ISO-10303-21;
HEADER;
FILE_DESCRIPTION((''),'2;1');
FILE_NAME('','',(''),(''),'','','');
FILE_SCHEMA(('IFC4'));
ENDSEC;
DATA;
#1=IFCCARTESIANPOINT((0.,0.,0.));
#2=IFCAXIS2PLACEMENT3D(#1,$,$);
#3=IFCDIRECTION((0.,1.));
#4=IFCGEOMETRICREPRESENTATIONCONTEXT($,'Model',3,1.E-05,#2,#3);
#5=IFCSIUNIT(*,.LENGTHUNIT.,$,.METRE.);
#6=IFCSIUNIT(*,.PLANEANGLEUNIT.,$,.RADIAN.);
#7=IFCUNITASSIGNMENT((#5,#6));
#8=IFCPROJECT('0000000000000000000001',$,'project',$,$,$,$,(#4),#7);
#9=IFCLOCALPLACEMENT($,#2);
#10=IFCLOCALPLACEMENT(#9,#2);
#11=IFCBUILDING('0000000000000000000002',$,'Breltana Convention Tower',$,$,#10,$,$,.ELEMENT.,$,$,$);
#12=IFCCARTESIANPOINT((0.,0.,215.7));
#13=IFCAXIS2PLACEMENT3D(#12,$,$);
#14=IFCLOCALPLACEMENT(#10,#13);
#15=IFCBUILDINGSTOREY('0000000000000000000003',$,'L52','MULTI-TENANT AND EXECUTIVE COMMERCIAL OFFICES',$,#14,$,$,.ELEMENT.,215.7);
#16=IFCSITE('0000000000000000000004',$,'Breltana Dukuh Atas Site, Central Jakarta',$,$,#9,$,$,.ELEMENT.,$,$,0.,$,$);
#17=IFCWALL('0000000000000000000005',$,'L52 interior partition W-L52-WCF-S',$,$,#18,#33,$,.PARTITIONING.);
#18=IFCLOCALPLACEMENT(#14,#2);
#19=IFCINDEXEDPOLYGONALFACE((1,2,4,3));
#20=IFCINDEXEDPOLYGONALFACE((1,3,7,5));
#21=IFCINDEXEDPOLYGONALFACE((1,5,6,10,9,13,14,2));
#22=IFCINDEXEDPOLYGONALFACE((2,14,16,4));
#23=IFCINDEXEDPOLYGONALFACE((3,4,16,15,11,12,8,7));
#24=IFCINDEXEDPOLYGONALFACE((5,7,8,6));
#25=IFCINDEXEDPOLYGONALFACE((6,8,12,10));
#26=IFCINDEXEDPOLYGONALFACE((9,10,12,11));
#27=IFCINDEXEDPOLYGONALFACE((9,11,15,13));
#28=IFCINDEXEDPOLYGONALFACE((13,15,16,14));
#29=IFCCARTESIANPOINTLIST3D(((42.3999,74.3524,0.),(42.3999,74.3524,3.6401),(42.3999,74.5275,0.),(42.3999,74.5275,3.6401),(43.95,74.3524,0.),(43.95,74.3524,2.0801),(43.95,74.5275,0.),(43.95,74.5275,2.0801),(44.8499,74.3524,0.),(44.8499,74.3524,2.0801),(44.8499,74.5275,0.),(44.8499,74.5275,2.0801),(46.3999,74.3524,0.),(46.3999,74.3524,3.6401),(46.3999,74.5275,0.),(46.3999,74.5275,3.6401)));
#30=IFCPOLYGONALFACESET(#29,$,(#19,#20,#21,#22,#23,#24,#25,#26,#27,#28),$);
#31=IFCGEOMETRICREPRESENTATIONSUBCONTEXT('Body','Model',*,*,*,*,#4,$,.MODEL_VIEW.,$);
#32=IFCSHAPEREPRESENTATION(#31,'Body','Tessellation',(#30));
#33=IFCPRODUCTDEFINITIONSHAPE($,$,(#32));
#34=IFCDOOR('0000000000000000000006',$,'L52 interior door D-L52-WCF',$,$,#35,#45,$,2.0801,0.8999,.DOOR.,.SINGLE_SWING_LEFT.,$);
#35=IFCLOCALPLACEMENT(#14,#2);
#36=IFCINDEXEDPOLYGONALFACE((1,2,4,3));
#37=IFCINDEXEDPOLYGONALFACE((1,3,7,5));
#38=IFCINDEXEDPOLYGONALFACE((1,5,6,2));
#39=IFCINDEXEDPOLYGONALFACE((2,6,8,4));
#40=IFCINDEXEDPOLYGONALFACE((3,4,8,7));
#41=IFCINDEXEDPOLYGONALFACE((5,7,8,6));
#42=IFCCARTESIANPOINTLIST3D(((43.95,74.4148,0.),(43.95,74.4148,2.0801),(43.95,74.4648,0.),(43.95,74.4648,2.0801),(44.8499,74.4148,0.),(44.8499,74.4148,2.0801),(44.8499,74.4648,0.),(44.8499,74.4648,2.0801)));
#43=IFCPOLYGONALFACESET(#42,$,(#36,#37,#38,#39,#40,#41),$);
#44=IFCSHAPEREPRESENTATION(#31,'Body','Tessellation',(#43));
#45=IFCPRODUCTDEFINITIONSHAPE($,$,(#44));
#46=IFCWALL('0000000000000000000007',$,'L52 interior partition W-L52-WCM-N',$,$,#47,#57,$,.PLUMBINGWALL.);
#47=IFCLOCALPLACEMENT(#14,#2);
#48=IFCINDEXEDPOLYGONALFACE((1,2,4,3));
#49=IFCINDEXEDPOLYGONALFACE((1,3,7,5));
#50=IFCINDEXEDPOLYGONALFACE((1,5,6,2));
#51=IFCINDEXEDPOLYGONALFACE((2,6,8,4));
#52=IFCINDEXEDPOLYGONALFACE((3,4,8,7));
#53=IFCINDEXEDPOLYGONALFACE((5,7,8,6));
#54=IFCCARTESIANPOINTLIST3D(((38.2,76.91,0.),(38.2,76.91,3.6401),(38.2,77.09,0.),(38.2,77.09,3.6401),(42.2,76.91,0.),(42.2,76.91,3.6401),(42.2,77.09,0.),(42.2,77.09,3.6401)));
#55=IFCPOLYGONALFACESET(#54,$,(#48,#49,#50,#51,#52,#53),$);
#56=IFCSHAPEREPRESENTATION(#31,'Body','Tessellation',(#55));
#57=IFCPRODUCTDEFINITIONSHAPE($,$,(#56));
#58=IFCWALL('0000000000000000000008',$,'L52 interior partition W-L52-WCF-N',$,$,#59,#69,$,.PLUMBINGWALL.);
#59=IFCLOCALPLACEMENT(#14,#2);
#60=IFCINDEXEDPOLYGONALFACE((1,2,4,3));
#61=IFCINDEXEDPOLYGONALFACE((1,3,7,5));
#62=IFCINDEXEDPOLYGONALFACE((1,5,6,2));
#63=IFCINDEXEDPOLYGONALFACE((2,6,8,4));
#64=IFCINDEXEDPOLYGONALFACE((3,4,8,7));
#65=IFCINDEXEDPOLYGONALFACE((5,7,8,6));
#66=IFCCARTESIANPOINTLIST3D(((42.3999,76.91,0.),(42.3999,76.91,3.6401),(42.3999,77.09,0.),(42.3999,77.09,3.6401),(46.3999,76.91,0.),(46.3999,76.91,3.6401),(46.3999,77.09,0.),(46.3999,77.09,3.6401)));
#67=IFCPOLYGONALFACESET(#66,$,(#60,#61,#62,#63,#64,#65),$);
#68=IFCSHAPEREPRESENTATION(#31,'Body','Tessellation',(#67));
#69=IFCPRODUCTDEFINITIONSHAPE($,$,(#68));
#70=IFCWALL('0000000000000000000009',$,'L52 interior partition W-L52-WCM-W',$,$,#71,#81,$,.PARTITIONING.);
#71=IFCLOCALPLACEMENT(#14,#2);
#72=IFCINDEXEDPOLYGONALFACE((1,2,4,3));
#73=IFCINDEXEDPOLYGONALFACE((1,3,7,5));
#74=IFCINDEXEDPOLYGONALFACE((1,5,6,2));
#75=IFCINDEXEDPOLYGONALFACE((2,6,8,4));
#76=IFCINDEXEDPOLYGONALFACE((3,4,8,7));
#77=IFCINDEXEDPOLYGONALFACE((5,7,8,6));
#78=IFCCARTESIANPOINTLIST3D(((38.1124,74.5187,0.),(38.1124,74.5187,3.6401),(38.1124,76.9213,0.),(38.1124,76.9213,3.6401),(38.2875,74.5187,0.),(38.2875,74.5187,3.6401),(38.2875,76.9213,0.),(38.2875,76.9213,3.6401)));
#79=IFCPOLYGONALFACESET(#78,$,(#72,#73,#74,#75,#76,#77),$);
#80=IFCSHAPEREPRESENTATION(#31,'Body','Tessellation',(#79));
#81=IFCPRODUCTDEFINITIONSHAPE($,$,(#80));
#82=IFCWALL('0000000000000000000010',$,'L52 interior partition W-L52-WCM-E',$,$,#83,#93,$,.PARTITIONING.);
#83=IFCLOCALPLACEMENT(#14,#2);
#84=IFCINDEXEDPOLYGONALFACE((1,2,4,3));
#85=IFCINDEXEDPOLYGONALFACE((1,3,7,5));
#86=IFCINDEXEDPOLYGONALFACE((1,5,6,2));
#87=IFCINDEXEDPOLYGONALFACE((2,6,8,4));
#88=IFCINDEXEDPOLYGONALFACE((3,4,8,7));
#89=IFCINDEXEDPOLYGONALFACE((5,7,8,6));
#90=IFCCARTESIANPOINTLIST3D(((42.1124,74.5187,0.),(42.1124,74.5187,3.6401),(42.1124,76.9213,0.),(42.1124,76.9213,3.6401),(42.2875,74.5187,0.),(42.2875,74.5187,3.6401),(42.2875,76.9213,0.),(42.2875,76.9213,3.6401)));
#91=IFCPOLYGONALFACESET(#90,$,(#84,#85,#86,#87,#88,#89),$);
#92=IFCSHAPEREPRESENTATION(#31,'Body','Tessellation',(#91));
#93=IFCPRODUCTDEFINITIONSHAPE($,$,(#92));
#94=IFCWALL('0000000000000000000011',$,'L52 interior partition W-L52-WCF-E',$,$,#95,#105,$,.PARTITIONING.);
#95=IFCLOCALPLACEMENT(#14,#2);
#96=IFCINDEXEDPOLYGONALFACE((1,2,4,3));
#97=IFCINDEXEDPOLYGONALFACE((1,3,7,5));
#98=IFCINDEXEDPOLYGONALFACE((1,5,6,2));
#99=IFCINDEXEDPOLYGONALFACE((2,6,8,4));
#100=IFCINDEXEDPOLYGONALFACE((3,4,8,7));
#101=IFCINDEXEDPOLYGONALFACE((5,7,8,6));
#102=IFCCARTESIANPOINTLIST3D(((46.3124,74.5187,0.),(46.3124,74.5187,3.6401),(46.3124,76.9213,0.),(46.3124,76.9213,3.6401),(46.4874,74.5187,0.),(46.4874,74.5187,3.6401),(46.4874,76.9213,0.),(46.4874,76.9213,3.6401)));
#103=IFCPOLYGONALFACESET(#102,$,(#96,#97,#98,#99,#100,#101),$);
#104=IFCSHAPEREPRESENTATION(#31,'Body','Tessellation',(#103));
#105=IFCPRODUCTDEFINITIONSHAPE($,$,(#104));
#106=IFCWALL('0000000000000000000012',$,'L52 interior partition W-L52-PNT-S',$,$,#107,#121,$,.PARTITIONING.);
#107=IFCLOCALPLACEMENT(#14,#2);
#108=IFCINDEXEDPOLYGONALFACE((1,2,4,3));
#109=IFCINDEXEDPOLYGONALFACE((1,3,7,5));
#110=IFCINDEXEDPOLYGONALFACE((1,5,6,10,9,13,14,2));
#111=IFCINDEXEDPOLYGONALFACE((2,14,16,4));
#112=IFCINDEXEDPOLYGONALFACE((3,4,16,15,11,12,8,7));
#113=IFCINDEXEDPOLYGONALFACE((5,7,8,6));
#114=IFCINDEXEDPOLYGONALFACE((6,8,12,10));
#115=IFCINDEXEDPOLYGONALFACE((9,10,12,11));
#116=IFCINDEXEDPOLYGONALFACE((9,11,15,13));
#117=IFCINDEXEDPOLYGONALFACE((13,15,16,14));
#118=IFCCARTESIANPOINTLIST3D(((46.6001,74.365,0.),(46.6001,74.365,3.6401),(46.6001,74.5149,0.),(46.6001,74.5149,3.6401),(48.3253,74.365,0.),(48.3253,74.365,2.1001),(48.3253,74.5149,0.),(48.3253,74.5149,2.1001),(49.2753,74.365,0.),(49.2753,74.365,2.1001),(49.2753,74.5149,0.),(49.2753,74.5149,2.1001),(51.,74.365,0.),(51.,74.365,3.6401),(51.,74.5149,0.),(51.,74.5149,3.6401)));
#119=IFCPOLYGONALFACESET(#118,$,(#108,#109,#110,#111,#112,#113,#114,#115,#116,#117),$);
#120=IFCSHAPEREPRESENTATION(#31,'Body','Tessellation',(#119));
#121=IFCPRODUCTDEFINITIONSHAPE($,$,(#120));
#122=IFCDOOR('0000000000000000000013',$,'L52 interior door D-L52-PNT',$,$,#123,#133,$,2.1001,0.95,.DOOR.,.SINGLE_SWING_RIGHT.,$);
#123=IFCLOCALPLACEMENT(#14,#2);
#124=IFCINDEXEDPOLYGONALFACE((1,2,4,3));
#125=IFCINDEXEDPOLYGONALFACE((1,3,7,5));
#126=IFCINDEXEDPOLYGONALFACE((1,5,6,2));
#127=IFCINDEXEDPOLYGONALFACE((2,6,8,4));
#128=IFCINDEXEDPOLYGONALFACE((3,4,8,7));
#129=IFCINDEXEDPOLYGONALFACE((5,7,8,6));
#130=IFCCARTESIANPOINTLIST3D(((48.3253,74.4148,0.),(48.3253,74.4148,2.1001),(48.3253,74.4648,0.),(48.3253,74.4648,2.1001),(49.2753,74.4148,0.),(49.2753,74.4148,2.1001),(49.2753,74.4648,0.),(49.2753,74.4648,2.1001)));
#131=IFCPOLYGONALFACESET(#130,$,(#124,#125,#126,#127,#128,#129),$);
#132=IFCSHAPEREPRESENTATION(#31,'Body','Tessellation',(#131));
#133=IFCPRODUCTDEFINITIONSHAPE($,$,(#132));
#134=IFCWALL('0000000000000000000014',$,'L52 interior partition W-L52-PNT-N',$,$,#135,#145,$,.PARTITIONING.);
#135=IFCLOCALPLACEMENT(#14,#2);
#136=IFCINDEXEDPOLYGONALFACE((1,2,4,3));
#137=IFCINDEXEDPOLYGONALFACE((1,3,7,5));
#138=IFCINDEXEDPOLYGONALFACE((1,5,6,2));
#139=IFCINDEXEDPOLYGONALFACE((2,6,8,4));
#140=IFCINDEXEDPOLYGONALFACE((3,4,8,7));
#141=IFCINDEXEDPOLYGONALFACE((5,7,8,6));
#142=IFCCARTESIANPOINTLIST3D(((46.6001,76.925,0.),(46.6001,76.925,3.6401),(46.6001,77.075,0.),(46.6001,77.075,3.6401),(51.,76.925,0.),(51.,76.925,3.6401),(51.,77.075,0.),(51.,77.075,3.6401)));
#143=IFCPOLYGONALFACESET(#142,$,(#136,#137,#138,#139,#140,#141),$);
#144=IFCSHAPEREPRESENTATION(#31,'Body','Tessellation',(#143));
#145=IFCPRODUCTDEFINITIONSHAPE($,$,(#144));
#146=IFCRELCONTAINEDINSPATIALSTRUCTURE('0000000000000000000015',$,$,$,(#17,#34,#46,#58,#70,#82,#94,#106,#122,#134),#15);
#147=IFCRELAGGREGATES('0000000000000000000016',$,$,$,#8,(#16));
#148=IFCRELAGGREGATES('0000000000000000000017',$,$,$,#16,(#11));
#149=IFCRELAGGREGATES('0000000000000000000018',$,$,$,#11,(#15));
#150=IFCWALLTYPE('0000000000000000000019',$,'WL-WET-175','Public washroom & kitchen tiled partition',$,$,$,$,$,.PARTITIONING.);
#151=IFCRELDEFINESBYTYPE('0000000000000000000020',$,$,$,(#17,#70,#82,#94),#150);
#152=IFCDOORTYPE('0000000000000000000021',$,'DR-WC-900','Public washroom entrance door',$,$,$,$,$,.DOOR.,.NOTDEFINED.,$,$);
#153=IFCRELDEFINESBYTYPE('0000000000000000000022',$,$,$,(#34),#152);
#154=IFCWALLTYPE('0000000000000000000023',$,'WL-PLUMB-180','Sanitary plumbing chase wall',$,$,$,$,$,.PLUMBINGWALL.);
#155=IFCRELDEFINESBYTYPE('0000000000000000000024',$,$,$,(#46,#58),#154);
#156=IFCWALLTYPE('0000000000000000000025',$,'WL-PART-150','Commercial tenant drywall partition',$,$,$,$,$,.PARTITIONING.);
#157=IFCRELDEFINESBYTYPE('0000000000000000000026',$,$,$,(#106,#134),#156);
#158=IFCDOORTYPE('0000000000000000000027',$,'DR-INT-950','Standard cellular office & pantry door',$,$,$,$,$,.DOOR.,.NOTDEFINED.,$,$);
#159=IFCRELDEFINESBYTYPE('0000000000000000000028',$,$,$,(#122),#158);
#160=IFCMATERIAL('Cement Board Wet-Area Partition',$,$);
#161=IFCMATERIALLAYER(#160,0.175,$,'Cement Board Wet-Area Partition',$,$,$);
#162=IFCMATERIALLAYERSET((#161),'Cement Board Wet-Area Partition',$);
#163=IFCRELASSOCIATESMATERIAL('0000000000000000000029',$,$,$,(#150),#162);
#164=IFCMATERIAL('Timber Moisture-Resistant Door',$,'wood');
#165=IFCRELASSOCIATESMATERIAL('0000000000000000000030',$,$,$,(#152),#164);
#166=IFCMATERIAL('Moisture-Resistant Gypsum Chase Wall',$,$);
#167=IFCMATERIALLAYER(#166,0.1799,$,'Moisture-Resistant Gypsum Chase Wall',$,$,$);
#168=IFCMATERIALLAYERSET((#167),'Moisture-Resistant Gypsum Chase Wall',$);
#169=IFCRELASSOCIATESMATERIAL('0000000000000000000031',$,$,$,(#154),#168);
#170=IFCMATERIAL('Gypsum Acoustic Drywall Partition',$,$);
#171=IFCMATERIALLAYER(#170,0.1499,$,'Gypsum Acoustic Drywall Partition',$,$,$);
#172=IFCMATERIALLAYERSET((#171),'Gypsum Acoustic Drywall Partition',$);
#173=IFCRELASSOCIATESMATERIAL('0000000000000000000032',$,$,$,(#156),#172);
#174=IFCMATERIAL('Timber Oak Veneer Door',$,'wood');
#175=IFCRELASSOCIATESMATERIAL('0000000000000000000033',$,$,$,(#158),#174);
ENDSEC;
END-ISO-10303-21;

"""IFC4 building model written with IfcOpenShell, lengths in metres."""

from ifc_helpers import new_model, si_unit, direction, frame, frame_2d, origin, place, context, subcontext, project, spatial, rectangle, extrude, source, transform, mapped, material, layer, layer_set, type_object, type_shapes, element, fill, save


model = new_model("IFC4")

# Units and contexts
model_context = context("Model", 3, precision=1e-05, world=origin(), true_north=direction((0.0, 1.0)))
body_context = subcontext(model_context, "Body", "Model", "MODEL_VIEW")
ifc_project = project(units=[si_unit("LENGTHUNIT", "METRE"), si_unit("PLANEANGLEUNIT", "RADIAN")], contexts=[model_context])

# Site, building, storey
site_placement = place(None, origin())
site = spatial("IfcSite", under=ifc_project, at=site_placement, Name="Breltana Dukuh Atas Site, Central Jakarta", CompositionType="ELEMENT", RefElevation=0.0)
building_placement = place(site_placement, origin())
building = spatial("IfcBuilding", under=site, at=building_placement, Name="Breltana Convention Tower", CompositionType="ELEMENT")
storey_placement = place(building_placement, frame((0.0, 0.0, 215.7)))
storey = spatial("IfcBuildingStorey", under=building, at=storey_placement, Name="L52", Description="MULTI-TENANT AND EXECUTIVE COMMERCIAL OFFICES", CompositionType="ELEMENT", Elevation=215.7)

# Wall, opening, door
ifc_material_1 = material(Name="Cement Board Wet-Area Partition")
ifc_layer_1 = layer(ifc_material_1, 0.175, Name="Cement Board Wet-Area Partition")
ifc_layer_set_1 = layer_set([ifc_layer_1], Name="Cement Board Wet-Area Partition")
wall_type_1 = type_object("IfcWallType", Name="WL-WET-175", Description="Public washroom & kitchen tiled partition", PredefinedType="PARTITIONING", material=ifc_layer_set_1)
shared_shape_1 = source(origin(), body_context, "Body", "SweptSolid", [
    extrude(rectangle(XDim=4.0, YDim=0.175, at=frame_2d((2.0, 0.0))), origin(), (0.0, 0.0, 1.0), 3.6401),
])
ifc_material_2 = material(Name="Timber Moisture-Resistant Door", Category="wood")
door_type_1 = type_object("IfcDoorType", Name="DR-WC-900", Description="Public washroom entrance door", OperationType="NOTDEFINED", PredefinedType="DOOR", material=ifc_material_2)
shared_shape_2 = source(origin(), body_context, "Body", "SweptSolid", [
    extrude(rectangle(XDim=0.8999, YDim=2.0801, at=frame_2d((0.45, 1.04))), frame((0.0, 0.0249, 0.0), z_axis=(0.0, -1.0, 0.0), x_axis=(1.0, 0.0, 0.0)), (0.0, 0.0, 1.0), 0.05),
])
type_shapes(door_type_1, [shared_shape_2])
wall_1_placement = place(storey_placement, frame((42.3999, 74.4399, 0.0), z_axis=(0.0, 0.0, 1.0), x_axis=(1.0, 0.0, 0.0)))
wall_1 = element("IfcWall", 1, at=wall_1_placement, inside=storey, type_object=wall_type_1, Name="L52 interior partition W-L52-WCF-S", PredefinedType="PARTITIONING", context=body_context, shape_type="MappedRepresentation", body=[
    mapped(shared_shape_1, transform((0.0, 0.0, 0.0), scale=1.0)),
])
opening_1_placement = place(wall_1_placement, frame((1.55, 0.0, 0.0)))
opening_1 = element("IfcOpeningElement", 2, at=opening_1_placement, cuts=wall_1, PredefinedType="OPENING", context=body_context, shape_type="SweptSolid", body=[
    extrude(rectangle(XDim=0.8999, YDim=2.0801, at=frame_2d((0.45, 1.04))), frame((0.0, 0.0977, 0.0), z_axis=(0.0, -1.0, 0.0), x_axis=(1.0, 0.0, 0.0)), (0.0, 0.0, 1.0), 0.1951),
])
door_1_placement = place(opening_1_placement, origin())
door_1 = element("IfcDoor", 3, at=door_1_placement, inside=storey, type_object=door_type_1, Name="L52 interior door D-L52-WCF", OperationType="SINGLE_SWING_LEFT", OverallHeight=2.0801, OverallWidth=0.8999, PredefinedType="DOOR", context=body_context, shape_type="MappedRepresentation", body=[
    mapped(shared_shape_2, transform((0.0, 0.0, 0.0), scale=1.0)),
])
fill(opening_1, door_1)

# Walls
ifc_material_3 = material(Name="Moisture-Resistant Gypsum Chase Wall")
ifc_layer_2 = layer(ifc_material_3, 0.1799, Name="Moisture-Resistant Gypsum Chase Wall")
ifc_layer_set_2 = layer_set([ifc_layer_2], Name="Moisture-Resistant Gypsum Chase Wall")
wall_type_2 = type_object("IfcWallType", Name="WL-PLUMB-180", Description="Sanitary plumbing chase wall", PredefinedType="PLUMBINGWALL", material=ifc_layer_set_2)
shared_shape_3 = source(origin(), body_context, "Body", "SweptSolid", [
    extrude(rectangle(XDim=4.0, YDim=0.1799, at=frame_2d((2.0, 0.0))), origin(), (0.0, 0.0, 1.0), 3.6401),
])
for number, where, z_axis, x_axis, name in (
    (4, (38.2, 77.0, 0.0), (0.0, 0.0, 1.0), (1.0, 0.0, 0.0), "L52 interior partition W-L52-WCM-N"),
    (5, (42.3999, 77.0, 0.0), (0.0, 0.0, 1.0), (1.0, 0.0, 0.0), "L52 interior partition W-L52-WCF-N"),
):
    element("IfcWall", number, at=place(storey_placement, frame(where, z_axis=z_axis, x_axis=x_axis)), inside=storey, type_object=wall_type_2, Name=name, PredefinedType="PLUMBINGWALL", context=body_context, shape_type="MappedRepresentation", body=[
        mapped(shared_shape_3, transform((0.0, 0.0, 0.0), scale=1.0)),
    ])
shared_shape_4 = source(origin(), body_context, "Body", "SweptSolid", [
    extrude(rectangle(XDim=2.4026, YDim=0.175, at=frame_2d((1.2012, 0.0))), origin(), (0.0, 0.0, 1.0), 3.6401),
])
for number, where, z_axis, x_axis, name in (
    (6, (38.2, 74.5188, 0.0), (0.0, 0.0, 1.0), (0.0, 1.0, 0.0), "L52 interior partition W-L52-WCM-W"),
    (7, (42.2, 74.5188, 0.0), (0.0, 0.0, 1.0), (0.0, 1.0, 0.0), "L52 interior partition W-L52-WCM-E"),
    (8, (46.3999, 74.5188, 0.0), (0.0, 0.0, 1.0), (0.0, 1.0, 0.0), "L52 interior partition W-L52-WCF-E"),
):
    element("IfcWall", number, at=place(storey_placement, frame(where, z_axis=z_axis, x_axis=x_axis)), inside=storey, type_object=wall_type_1, Name=name, PredefinedType="PARTITIONING", context=body_context, shape_type="MappedRepresentation", body=[
        mapped(shared_shape_4, transform((0.0, 0.0, 0.0), scale=1.0)),
    ])

# Wall, opening, door
ifc_material_4 = material(Name="Gypsum Acoustic Drywall Partition")
ifc_layer_3 = layer(ifc_material_4, 0.1499, Name="Gypsum Acoustic Drywall Partition")
ifc_layer_set_3 = layer_set([ifc_layer_3], Name="Gypsum Acoustic Drywall Partition")
wall_type_3 = type_object("IfcWallType", Name="WL-PART-150", Description="Commercial tenant drywall partition", PredefinedType="PARTITIONING", material=ifc_layer_set_3)
shared_shape_5 = source(origin(), body_context, "Body", "SweptSolid", [
    extrude(rectangle(XDim=4.3999, YDim=0.1499, at=frame_2d((2.2, 0.0))), origin(), (0.0, 0.0, 1.0), 3.6401),
])
wall_2_placement = place(storey_placement, frame((46.6001, 74.4399, 0.0), z_axis=(0.0, 0.0, 1.0), x_axis=(1.0, 0.0, 0.0)))
wall_2 = element("IfcWall", 9, at=wall_2_placement, inside=storey, type_object=wall_type_3, Name="L52 interior partition W-L52-PNT-S", PredefinedType="PARTITIONING", context=body_context, shape_type="MappedRepresentation", body=[
    mapped(shared_shape_5, transform((0.0, 0.0, 0.0), scale=1.0)),
])
opening_2_placement = place(wall_2_placement, frame((1.7251, 0.0, 0.0)))
opening_2 = element("IfcOpeningElement", 10, at=opening_2_placement, cuts=wall_2, PredefinedType="OPENING", context=body_context, shape_type="SweptSolid", body=[
    extrude(rectangle(XDim=0.95, YDim=2.1001, at=frame_2d((0.4751, 1.05))), frame((0.0, 0.085, 0.0), z_axis=(0.0, -1.0, 0.0), x_axis=(1.0, 0.0, 0.0)), (0.0, 0.0, 1.0), 0.1699),
])
ifc_material_5 = material(Name="Timber Oak Veneer Door", Category="wood")
door_type_2 = type_object("IfcDoorType", Name="DR-INT-950", Description="Standard cellular office & pantry door", OperationType="NOTDEFINED", PredefinedType="DOOR", material=ifc_material_5)
shared_shape_6 = source(origin(), body_context, "Body", "SweptSolid", [
    extrude(rectangle(XDim=0.95, YDim=2.1001, at=frame_2d((0.4751, 1.05))), frame((0.0, 0.0249, 0.0), z_axis=(0.0, -1.0, 0.0), x_axis=(1.0, 0.0, 0.0)), (0.0, 0.0, 1.0), 0.05),
])
type_shapes(door_type_2, [shared_shape_6])
door_2_placement = place(opening_2_placement, origin())
door_2 = element("IfcDoor", 11, at=door_2_placement, inside=storey, type_object=door_type_2, Name="L52 interior door D-L52-PNT", OperationType="SINGLE_SWING_RIGHT", OverallHeight=2.1001, OverallWidth=0.95, PredefinedType="DOOR", context=body_context, shape_type="MappedRepresentation", body=[
    mapped(shared_shape_6, transform((0.0, 0.0, 0.0), scale=1.0)),
])
fill(opening_2, door_2)

# Wall
wall_3_placement = place(storey_placement, frame((46.6001, 77.0, 0.0), z_axis=(0.0, 0.0, 1.0), x_axis=(1.0, 0.0, 0.0)))
element("IfcWall", 12, at=wall_3_placement, inside=storey, type_object=wall_type_3, Name="L52 interior partition W-L52-PNT-N", PredefinedType="PARTITIONING", context=body_context, shape_type="MappedRepresentation", body=[
    mapped(shared_shape_5, transform((0.0, 0.0, 0.0), scale=1.0)),
])

save(model, "model.ifc")
